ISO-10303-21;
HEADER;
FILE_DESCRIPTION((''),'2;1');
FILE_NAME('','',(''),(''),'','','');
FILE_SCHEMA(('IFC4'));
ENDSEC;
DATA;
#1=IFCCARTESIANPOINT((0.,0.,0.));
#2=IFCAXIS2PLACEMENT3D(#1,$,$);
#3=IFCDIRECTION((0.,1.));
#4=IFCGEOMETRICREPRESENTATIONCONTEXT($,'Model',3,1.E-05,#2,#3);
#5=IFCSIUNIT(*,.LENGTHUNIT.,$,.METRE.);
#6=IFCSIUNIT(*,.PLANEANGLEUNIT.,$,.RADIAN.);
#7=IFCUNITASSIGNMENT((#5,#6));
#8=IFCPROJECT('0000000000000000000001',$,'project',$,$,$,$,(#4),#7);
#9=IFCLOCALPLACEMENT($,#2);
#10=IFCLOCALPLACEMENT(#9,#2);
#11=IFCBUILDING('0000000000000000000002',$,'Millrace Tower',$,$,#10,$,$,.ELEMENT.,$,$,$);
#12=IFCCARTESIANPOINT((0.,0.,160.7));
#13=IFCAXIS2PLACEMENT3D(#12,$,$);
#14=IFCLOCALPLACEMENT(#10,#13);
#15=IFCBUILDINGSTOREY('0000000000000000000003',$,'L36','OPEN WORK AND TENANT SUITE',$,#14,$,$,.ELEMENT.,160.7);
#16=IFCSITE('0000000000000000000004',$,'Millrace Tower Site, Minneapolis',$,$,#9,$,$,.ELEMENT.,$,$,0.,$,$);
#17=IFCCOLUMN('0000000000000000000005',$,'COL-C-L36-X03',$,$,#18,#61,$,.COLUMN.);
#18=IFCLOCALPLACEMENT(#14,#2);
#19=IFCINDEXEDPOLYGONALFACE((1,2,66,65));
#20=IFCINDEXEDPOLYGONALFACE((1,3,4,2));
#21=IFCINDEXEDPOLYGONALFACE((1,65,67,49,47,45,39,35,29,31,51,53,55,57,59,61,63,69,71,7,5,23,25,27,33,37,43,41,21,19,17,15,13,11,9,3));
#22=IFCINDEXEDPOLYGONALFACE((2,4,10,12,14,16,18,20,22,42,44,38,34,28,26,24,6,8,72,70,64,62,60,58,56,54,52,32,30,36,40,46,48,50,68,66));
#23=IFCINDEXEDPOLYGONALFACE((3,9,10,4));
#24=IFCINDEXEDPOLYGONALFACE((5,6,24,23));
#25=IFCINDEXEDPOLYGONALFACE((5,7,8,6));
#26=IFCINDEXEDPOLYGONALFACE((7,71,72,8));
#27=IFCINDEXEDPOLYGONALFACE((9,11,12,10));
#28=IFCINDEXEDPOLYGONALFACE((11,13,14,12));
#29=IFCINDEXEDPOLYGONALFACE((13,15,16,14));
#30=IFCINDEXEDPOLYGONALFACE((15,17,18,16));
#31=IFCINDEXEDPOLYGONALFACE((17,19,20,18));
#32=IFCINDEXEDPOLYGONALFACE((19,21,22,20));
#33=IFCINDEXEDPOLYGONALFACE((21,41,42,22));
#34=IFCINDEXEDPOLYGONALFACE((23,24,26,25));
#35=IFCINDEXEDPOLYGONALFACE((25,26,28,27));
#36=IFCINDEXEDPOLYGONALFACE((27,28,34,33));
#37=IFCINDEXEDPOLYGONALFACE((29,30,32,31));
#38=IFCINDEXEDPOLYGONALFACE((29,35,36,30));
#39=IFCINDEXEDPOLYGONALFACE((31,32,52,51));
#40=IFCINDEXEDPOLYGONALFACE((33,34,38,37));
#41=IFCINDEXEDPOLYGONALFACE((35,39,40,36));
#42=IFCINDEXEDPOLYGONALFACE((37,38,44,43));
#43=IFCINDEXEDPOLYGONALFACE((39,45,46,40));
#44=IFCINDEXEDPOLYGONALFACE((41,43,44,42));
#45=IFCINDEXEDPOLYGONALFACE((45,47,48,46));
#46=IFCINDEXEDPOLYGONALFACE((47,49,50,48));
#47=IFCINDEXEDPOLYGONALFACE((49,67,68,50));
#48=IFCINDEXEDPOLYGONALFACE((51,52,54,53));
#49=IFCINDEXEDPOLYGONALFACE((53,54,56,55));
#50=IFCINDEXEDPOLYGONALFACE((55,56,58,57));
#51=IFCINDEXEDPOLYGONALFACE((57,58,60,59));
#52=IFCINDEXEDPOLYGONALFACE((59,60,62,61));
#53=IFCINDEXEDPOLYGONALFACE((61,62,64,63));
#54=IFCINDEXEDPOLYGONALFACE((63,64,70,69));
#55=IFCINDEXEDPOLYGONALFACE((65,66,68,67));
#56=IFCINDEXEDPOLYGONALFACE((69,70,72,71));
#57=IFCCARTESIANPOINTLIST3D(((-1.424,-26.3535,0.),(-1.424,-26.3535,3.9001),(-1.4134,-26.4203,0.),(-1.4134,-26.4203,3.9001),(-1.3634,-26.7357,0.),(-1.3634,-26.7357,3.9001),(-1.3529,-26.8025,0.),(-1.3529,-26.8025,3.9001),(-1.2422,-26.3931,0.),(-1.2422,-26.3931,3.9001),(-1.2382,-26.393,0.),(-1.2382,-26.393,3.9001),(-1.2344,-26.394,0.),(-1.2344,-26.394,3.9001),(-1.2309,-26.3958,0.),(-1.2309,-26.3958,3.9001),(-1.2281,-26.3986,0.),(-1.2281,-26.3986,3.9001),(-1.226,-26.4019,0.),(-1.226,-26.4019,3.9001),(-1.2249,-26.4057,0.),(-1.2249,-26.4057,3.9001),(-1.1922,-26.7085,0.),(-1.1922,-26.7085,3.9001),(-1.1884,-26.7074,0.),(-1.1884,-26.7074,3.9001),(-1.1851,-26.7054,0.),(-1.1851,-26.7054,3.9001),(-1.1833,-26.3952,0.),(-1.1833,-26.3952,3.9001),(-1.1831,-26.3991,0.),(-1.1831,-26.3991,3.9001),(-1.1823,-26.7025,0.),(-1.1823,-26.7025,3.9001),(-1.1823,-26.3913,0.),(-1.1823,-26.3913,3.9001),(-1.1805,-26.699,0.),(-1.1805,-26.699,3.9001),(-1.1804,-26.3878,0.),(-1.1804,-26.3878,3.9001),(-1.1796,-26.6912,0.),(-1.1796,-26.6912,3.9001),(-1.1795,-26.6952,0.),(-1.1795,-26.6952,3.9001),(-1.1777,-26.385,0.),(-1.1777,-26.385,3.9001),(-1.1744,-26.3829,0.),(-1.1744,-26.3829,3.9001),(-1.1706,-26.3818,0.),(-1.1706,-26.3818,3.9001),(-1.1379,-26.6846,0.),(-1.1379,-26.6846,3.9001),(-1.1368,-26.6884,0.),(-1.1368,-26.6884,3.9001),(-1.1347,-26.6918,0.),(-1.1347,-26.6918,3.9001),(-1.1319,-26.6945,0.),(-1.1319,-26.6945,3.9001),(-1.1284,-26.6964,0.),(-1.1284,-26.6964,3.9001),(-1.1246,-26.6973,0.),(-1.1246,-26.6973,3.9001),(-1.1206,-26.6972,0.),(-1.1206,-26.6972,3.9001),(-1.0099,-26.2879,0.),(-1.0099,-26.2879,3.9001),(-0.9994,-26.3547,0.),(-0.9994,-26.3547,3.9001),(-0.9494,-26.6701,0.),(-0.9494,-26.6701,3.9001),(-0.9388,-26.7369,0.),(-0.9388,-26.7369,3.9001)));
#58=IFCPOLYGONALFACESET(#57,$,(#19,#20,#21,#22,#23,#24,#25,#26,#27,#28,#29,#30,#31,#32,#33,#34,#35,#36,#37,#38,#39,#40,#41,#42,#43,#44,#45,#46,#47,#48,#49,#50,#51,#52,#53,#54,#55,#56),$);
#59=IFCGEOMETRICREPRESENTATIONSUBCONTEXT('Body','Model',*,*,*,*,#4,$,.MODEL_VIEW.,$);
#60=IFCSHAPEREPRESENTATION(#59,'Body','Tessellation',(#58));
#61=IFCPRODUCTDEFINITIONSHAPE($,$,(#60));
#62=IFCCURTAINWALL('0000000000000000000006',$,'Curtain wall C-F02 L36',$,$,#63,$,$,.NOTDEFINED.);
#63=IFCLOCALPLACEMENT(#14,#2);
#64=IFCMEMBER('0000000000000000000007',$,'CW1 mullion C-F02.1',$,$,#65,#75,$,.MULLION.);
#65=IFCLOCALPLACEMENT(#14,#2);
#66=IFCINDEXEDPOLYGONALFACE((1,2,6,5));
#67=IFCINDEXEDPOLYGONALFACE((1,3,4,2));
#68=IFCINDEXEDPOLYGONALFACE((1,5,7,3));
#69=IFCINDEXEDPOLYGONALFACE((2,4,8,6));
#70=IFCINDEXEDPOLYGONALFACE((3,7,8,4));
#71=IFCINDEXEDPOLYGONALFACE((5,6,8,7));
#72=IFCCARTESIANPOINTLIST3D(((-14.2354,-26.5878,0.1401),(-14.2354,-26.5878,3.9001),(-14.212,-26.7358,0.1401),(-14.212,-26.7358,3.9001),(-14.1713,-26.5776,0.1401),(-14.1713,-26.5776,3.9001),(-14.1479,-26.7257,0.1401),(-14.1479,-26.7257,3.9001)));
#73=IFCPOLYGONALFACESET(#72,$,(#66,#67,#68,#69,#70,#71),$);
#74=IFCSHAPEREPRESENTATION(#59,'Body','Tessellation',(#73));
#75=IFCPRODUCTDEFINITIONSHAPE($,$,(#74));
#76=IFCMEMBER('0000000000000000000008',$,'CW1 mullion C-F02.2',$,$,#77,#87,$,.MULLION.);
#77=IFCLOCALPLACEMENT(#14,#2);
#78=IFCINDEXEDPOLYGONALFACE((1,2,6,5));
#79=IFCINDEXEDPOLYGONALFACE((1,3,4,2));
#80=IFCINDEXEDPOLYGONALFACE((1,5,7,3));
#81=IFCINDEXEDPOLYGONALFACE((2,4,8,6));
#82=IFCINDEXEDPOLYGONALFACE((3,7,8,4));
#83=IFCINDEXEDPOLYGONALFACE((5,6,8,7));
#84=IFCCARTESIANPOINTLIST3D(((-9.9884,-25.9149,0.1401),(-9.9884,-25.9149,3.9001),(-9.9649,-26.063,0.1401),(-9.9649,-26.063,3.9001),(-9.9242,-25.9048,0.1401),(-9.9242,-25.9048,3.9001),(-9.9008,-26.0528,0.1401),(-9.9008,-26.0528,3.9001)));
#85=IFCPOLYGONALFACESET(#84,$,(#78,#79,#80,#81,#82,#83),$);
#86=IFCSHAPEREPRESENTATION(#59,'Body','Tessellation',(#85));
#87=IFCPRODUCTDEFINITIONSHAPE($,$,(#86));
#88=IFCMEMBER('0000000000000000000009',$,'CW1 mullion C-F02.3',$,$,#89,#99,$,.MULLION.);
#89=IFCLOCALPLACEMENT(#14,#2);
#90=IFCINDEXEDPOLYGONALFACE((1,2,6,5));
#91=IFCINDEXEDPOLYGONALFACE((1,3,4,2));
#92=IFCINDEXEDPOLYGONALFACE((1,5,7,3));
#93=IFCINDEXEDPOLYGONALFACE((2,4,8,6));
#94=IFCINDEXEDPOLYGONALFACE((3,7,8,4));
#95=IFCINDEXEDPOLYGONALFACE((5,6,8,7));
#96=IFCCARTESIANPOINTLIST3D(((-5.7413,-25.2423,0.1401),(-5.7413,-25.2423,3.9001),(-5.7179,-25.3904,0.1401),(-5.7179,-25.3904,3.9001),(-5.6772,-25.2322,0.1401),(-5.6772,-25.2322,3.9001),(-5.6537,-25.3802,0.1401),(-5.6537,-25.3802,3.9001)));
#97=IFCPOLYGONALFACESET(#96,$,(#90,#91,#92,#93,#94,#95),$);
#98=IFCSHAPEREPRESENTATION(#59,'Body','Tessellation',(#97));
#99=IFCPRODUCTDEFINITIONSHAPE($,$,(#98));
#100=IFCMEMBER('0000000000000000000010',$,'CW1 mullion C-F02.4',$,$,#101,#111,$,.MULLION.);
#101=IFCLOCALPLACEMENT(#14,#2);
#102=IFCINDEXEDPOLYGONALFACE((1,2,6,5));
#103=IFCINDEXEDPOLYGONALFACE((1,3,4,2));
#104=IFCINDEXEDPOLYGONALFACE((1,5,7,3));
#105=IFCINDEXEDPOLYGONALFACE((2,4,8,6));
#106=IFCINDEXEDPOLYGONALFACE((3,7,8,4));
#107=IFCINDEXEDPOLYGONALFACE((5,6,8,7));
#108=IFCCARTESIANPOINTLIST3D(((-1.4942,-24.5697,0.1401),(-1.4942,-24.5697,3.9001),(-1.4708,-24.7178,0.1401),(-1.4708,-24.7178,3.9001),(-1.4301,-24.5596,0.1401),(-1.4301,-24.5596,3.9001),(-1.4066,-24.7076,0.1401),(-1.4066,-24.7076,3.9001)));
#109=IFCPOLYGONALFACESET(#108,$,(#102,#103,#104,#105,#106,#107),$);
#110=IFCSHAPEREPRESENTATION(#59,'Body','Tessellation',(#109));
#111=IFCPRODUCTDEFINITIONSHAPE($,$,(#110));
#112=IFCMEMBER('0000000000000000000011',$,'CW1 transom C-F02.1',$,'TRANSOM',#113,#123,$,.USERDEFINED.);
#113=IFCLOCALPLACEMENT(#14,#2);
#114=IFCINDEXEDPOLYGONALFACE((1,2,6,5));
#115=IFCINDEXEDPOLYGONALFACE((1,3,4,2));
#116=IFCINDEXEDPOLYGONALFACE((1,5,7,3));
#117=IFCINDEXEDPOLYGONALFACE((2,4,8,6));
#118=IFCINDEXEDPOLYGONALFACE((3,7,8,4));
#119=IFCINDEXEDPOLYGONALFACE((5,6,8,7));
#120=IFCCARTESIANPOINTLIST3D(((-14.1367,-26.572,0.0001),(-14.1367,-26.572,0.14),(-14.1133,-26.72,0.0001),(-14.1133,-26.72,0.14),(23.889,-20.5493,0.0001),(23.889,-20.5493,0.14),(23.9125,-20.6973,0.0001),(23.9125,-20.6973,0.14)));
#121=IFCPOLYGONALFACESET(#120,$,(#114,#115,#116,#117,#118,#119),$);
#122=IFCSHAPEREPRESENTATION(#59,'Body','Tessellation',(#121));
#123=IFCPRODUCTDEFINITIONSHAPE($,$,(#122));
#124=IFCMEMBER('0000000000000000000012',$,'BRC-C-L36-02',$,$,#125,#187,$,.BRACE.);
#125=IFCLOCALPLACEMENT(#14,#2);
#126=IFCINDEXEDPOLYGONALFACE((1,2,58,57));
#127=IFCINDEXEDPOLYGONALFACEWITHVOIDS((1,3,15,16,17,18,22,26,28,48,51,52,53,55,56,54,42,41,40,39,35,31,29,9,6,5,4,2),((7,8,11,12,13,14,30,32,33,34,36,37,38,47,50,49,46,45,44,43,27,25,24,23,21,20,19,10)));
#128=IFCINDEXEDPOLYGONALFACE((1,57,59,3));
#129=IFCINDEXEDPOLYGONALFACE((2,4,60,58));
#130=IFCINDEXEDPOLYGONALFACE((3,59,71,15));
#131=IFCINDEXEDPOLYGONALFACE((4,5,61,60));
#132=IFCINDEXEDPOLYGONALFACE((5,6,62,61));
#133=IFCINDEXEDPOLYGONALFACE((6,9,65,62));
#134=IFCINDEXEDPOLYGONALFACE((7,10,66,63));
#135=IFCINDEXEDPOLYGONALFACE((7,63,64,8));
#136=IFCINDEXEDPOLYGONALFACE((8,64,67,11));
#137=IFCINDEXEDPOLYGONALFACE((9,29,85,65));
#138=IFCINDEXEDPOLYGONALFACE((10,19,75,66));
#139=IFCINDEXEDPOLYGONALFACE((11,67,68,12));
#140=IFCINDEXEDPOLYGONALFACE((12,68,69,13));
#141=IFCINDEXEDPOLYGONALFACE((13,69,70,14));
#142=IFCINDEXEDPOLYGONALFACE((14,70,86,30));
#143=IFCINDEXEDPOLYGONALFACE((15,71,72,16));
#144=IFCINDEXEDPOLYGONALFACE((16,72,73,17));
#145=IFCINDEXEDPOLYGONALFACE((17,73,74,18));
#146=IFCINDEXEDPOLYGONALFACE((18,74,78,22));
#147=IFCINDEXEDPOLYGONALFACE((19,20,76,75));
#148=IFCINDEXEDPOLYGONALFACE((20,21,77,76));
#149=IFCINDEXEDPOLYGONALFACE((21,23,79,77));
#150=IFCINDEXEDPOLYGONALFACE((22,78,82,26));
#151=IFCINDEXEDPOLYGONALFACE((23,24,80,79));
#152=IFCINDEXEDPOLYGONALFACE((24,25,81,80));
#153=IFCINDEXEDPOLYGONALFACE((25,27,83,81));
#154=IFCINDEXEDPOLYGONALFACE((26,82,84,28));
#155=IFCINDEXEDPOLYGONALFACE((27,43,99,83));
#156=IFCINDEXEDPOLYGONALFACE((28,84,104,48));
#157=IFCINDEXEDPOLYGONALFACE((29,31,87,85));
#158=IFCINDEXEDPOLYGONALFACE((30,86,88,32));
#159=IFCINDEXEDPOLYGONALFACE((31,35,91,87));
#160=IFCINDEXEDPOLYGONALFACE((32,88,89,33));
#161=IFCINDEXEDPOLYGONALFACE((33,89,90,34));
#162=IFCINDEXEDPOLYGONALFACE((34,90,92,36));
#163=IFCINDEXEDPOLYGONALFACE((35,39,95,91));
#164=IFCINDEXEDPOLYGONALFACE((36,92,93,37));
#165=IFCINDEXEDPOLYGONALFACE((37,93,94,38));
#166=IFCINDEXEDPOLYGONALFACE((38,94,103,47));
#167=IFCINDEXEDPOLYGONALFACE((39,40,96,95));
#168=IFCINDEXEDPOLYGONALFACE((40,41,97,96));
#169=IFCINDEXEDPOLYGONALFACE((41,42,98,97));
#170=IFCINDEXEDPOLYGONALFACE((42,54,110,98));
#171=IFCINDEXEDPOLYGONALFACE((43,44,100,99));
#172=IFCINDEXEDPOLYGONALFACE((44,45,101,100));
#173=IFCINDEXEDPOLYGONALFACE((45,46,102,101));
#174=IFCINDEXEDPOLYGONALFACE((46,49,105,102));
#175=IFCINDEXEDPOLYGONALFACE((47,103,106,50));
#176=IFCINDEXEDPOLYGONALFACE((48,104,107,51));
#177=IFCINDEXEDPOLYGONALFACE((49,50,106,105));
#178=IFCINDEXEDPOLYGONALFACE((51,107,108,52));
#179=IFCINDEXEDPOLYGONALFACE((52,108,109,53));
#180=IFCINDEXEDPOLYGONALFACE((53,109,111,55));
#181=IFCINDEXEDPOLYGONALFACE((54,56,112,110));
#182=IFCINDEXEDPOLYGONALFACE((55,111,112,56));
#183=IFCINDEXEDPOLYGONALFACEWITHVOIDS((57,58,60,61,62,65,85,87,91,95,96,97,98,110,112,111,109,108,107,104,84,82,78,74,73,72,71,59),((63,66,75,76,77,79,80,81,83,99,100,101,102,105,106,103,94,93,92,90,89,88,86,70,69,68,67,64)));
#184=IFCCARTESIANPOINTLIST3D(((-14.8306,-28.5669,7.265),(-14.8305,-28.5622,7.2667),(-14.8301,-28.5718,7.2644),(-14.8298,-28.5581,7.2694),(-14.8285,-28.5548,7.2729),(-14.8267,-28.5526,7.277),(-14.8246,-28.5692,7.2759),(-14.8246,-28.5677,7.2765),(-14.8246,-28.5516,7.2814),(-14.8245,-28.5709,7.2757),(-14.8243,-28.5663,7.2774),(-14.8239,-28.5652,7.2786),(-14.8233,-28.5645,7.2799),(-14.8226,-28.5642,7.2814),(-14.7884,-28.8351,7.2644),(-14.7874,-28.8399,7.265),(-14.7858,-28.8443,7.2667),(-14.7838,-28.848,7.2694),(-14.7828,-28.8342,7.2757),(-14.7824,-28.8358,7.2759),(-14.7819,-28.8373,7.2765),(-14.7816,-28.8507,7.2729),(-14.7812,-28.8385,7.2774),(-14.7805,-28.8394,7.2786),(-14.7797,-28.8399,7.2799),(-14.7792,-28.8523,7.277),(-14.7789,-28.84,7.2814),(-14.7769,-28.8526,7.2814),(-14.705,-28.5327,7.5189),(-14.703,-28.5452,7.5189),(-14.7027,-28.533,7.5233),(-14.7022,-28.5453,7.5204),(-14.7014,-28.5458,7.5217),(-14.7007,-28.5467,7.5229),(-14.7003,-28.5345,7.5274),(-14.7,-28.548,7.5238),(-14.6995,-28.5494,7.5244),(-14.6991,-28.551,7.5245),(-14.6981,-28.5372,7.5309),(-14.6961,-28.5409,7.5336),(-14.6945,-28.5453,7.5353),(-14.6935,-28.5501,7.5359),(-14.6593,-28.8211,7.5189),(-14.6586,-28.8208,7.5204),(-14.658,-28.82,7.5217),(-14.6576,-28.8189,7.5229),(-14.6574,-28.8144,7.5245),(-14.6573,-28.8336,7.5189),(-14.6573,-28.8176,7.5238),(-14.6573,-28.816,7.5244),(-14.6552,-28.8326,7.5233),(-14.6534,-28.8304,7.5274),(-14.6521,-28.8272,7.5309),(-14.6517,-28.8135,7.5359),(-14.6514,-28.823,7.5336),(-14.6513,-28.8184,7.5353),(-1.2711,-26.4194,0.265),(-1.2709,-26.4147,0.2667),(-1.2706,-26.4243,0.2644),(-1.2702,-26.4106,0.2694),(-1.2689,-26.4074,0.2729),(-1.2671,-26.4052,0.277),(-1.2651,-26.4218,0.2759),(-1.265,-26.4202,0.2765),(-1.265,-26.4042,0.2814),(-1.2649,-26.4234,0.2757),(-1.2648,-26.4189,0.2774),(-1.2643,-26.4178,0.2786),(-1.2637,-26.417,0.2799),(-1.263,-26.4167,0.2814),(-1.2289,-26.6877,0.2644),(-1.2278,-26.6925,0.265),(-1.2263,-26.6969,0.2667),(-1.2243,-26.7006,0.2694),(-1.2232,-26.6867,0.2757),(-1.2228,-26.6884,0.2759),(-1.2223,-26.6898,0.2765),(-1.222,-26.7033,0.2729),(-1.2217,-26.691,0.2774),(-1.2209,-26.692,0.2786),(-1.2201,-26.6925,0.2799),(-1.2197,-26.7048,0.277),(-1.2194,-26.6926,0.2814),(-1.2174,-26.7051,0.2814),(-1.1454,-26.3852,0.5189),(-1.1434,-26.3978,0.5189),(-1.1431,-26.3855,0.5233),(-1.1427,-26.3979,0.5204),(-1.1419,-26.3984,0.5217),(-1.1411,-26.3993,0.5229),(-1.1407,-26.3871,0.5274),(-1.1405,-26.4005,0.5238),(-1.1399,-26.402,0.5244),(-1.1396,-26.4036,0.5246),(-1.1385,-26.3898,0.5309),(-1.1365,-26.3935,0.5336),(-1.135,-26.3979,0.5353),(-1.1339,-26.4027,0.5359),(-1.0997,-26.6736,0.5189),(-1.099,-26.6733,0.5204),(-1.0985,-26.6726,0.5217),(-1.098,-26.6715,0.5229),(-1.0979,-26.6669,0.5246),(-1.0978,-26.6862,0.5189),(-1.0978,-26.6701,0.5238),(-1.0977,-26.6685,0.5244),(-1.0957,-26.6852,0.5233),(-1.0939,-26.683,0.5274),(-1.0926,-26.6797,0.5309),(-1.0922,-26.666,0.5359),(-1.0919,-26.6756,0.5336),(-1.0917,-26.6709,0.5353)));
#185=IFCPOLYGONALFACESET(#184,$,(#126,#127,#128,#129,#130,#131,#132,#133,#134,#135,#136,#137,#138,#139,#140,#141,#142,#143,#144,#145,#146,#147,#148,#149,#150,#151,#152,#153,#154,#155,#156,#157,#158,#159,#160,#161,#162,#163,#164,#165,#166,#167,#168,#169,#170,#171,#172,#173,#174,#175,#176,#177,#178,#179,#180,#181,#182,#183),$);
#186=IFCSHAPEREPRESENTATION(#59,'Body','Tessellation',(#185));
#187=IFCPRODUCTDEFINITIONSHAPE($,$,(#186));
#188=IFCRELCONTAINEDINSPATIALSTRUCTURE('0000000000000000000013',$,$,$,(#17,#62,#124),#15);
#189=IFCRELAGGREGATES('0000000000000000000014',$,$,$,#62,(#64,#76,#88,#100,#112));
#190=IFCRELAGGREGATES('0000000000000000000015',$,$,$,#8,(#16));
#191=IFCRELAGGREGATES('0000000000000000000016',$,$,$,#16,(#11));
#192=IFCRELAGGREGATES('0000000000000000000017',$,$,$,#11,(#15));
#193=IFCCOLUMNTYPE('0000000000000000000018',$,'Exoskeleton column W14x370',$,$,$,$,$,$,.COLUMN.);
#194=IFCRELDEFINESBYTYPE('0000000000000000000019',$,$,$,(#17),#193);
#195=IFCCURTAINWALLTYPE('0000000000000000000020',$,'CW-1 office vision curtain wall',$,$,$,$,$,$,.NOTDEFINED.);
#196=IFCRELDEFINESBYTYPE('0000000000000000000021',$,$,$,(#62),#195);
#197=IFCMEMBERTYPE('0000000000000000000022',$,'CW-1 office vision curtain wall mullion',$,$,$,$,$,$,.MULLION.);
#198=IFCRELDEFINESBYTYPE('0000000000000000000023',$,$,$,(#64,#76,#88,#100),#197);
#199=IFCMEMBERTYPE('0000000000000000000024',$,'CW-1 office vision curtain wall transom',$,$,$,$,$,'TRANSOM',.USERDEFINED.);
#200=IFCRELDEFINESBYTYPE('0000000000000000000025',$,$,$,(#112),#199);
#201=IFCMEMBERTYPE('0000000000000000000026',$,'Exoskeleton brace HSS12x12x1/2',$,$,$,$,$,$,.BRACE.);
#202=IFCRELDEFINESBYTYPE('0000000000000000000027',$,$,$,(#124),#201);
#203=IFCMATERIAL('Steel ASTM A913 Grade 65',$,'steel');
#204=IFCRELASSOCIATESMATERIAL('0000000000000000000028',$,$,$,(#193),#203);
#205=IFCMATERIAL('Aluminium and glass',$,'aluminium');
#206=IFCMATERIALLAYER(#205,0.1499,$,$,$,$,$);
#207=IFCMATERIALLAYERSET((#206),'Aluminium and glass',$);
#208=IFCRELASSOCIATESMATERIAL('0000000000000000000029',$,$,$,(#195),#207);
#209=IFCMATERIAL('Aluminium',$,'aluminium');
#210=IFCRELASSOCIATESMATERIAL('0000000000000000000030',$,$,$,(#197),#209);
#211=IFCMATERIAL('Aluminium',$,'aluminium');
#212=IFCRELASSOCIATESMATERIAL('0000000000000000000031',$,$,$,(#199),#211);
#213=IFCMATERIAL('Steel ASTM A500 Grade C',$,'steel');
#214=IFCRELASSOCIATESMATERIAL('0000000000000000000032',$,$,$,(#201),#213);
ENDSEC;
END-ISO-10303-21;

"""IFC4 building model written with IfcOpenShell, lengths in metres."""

from ifc_helpers import new_model, si_unit, direction, frame, origin, origin_2d, place, context, subcontext, project, spatial, rectangle, hollow_rectangle, i_section, extrude, material, layer, layer_set, material_profile, profile_set, type_object, element, aggregate, save


model = new_model("IFC4")

# Units and contexts
model_context = context("Model", 3, precision=1e-05, world=origin(), true_north=direction((0.0, 1.0)))
body_context = subcontext(model_context, "Body", "Model", "MODEL_VIEW")
ifc_project = project(units=[si_unit("LENGTHUNIT", "METRE"), si_unit("PLANEANGLEUNIT", "RADIAN")], contexts=[model_context])

# Site, building, storey
site_placement = place(None, origin())
site = spatial("IfcSite", under=ifc_project, at=site_placement, Name="Millrace Tower Site, Minneapolis", CompositionType="ELEMENT", RefElevation=0.0)
building_placement = place(site_placement, origin())
building = spatial("IfcBuilding", under=site, at=building_placement, Name="Millrace Tower", CompositionType="ELEMENT")
storey_placement = place(building_placement, frame((0.0, 0.0, 160.7)))
storey = spatial("IfcBuildingStorey", under=building, at=storey_placement, Name="L36", Description="OPEN WORK AND TENANT SUITE", CompositionType="ELEMENT", Elevation=160.7)

# Column
ifc_material_1 = material(Name="Steel ASTM A913 Grade 65", Category="steel")
ifc_material_profile_1 = material_profile(ifc_material_1, i_section(OverallWidth=0.4192, OverallDepth=0.4546, WebThickness=0.0422, FlangeThickness=0.0676, FilletRadius=0.0151, at=origin_2d()))
ifc_profile_set_1 = profile_set([ifc_material_profile_1], Name="Steel ASTM A913 Grade 65")
column_type = type_object("IfcColumnType", Name="Exoskeleton column W14x370", PredefinedType="COLUMN", material=ifc_profile_set_1)
column_placement = place(storey_placement, frame((-1.1814, -26.5452, 0.0), z_axis=(0.0, 0.0, 1.0), x_axis=(0.987688, 0.156434, 0.0)))
element("IfcColumn", 1, at=column_placement, inside=storey, type_object=column_type, Name="COL-C-L36-X03", PredefinedType="COLUMN", context=body_context, shape_type="SweptSolid", body=[
    extrude(i_section(OverallWidth=0.4192, OverallDepth=0.4546, WebThickness=0.0422, FlangeThickness=0.0676, FilletRadius=0.0151, at=origin_2d()), origin(), (0.0, 0.0, 1.0), 3.9001),
])

# Curtain wall, members
ifc_material_2 = material(Name="Aluminium and glass", Category="aluminium")
ifc_layer_1 = layer(ifc_material_2, 0.1499)
ifc_layer_set_1 = layer_set([ifc_layer_1], Name="Aluminium and glass")
curtain_wall_type = type_object("IfcCurtainWallType", Name="CW-1 office vision curtain wall", PredefinedType="NOTDEFINED", material=ifc_layer_set_1)
curtain_wall_placement = place(storey_placement, origin())
curtain_wall = element("IfcCurtainWall", 2, at=curtain_wall_placement, inside=storey, type_object=curtain_wall_type, Name="Curtain wall C-F02 L36", PredefinedType="NOTDEFINED")
ifc_material_3 = material(Name="Aluminium", Category="aluminium")
ifc_material_profile_2 = material_profile(ifc_material_3, rectangle(XDim=0.0649, YDim=0.1499, at=origin_2d()))
ifc_profile_set_2 = profile_set([ifc_material_profile_2], Name="Aluminium")
member_type_1 = type_object("IfcMemberType", Name="CW-1 office vision curtain wall mullion", PredefinedType="MULLION", material=ifc_profile_set_2)
member_1_placement = place(storey_placement, frame((-14.1917, -26.6567, 0.1401), z_axis=(0.0, 0.0, 1.0), x_axis=(0.987688, 0.156434, 0.0)))
member_1 = element("IfcMember", 3, at=member_1_placement, type_object=member_type_1, Name="CW1 mullion C-F02.1", PredefinedType="MULLION", context=body_context, shape_type="SweptSolid", body=[
    extrude(rectangle(XDim=0.0649, YDim=0.1499, at=origin_2d()), origin(), (0.0, 0.0, 1.0), 3.76),
])
member_2_placement = place(storey_placement, frame((-9.9446, -25.9839, 0.1401), z_axis=(0.0, 0.0, 1.0), x_axis=(0.987688, 0.156434, 0.0)))
member_2 = element("IfcMember", 4, at=member_2_placement, type_object=member_type_1, Name="CW1 mullion C-F02.2", PredefinedType="MULLION", context=body_context, shape_type="SweptSolid", body=[
    extrude(rectangle(XDim=0.0649, YDim=0.1499, at=origin_2d()), origin(), (0.0, 0.0, 1.0), 3.76),
])
member_3_placement = place(storey_placement, frame((-5.6975, -25.3113, 0.1401), z_axis=(0.0, 0.0, 1.0), x_axis=(0.987688, 0.156434, 0.0)))
member_3 = element("IfcMember", 5, at=member_3_placement, type_object=member_type_1, Name="CW1 mullion C-F02.3", PredefinedType="MULLION", context=body_context, shape_type="SweptSolid", body=[
    extrude(rectangle(XDim=0.0649, YDim=0.1499, at=origin_2d()), origin(), (0.0, 0.0, 1.0), 3.76),
])
member_4_placement = place(storey_placement, frame((-1.4504, -24.6387, 0.1401), z_axis=(0.0, 0.0, 1.0), x_axis=(0.987688, 0.156434, 0.0)))
member_4 = element("IfcMember", 6, at=member_4_placement, type_object=member_type_1, Name="CW1 mullion C-F02.4", PredefinedType="MULLION", context=body_context, shape_type="SweptSolid", body=[
    extrude(rectangle(XDim=0.0649, YDim=0.1499, at=origin_2d()), origin(), (0.0, 0.0, 1.0), 3.76),
])
ifc_material_4 = material(Name="Aluminium", Category="aluminium")
ifc_material_profile_3 = material_profile(ifc_material_4, rectangle(XDim=0.1499, YDim=0.1399, at=origin_2d()))
ifc_profile_set_3 = profile_set([ifc_material_profile_3], Name="Aluminium")
member_type_2 = type_object("IfcMemberType", Name="CW-1 office vision curtain wall transom", ElementType="TRANSOM", PredefinedType="USERDEFINED", material=ifc_profile_set_3)
member_5_placement = place(storey_placement, frame((-14.125, -26.646, 0.0701), z_axis=(0.987688, 0.156434, 0.0), x_axis=(-0.156434, 0.987688, 0.0)))
member_5 = element("IfcMember", 7, at=member_5_placement, type_object=member_type_2, Name="CW1 transom C-F02.1", ObjectType="TRANSOM", PredefinedType="USERDEFINED", context=body_context, shape_type="SweptSolid", body=[
    extrude(rectangle(XDim=0.1499, YDim=0.1399, at=origin_2d()), origin(), (0.0, 0.0, 1.0), 38.4998),
])
aggregate(curtain_wall, [member_1, member_2, member_3, member_4, member_5])

# Member
ifc_material_5 = material(Name="Steel ASTM A500 Grade C", Category="steel")
ifc_material_profile_4 = material_profile(ifc_material_5, hollow_rectangle(XDim=0.3047, YDim=0.3047, WallThickness=0.0127, InnerFilletRadius=0.0063, OuterFilletRadius=0.019, at=origin_2d()))
ifc_profile_set_4 = profile_set([ifc_material_profile_4], Name="Steel ASTM A500 Grade C")
member_type_3 = type_object("IfcMemberType", Name="Exoskeleton brace HSS12x12x1/2", PredefinedType="BRACE", material=ifc_profile_set_4)
member_6_placement = place(storey_placement, frame((-1.1814, -26.5452, 0.4001), z_axis=(-0.87991, -0.139353, 0.454245), x_axis=(0.156423, -0.98769, 0.0)))
element("IfcMember", 8, at=member_6_placement, inside=storey, type_object=member_type_3, Name="BRC-C-L36-02", PredefinedType="BRACE", context=body_context, shape_type="SweptSolid", body=[
    extrude(hollow_rectangle(XDim=0.3047, YDim=0.3047, WallThickness=0.0127, InnerFilletRadius=0.0063, OuterFilletRadius=0.019, at=origin_2d()), origin(), (0.0, 0.0, 1.0), 15.4102),
])

save(model, "model.ifc")
